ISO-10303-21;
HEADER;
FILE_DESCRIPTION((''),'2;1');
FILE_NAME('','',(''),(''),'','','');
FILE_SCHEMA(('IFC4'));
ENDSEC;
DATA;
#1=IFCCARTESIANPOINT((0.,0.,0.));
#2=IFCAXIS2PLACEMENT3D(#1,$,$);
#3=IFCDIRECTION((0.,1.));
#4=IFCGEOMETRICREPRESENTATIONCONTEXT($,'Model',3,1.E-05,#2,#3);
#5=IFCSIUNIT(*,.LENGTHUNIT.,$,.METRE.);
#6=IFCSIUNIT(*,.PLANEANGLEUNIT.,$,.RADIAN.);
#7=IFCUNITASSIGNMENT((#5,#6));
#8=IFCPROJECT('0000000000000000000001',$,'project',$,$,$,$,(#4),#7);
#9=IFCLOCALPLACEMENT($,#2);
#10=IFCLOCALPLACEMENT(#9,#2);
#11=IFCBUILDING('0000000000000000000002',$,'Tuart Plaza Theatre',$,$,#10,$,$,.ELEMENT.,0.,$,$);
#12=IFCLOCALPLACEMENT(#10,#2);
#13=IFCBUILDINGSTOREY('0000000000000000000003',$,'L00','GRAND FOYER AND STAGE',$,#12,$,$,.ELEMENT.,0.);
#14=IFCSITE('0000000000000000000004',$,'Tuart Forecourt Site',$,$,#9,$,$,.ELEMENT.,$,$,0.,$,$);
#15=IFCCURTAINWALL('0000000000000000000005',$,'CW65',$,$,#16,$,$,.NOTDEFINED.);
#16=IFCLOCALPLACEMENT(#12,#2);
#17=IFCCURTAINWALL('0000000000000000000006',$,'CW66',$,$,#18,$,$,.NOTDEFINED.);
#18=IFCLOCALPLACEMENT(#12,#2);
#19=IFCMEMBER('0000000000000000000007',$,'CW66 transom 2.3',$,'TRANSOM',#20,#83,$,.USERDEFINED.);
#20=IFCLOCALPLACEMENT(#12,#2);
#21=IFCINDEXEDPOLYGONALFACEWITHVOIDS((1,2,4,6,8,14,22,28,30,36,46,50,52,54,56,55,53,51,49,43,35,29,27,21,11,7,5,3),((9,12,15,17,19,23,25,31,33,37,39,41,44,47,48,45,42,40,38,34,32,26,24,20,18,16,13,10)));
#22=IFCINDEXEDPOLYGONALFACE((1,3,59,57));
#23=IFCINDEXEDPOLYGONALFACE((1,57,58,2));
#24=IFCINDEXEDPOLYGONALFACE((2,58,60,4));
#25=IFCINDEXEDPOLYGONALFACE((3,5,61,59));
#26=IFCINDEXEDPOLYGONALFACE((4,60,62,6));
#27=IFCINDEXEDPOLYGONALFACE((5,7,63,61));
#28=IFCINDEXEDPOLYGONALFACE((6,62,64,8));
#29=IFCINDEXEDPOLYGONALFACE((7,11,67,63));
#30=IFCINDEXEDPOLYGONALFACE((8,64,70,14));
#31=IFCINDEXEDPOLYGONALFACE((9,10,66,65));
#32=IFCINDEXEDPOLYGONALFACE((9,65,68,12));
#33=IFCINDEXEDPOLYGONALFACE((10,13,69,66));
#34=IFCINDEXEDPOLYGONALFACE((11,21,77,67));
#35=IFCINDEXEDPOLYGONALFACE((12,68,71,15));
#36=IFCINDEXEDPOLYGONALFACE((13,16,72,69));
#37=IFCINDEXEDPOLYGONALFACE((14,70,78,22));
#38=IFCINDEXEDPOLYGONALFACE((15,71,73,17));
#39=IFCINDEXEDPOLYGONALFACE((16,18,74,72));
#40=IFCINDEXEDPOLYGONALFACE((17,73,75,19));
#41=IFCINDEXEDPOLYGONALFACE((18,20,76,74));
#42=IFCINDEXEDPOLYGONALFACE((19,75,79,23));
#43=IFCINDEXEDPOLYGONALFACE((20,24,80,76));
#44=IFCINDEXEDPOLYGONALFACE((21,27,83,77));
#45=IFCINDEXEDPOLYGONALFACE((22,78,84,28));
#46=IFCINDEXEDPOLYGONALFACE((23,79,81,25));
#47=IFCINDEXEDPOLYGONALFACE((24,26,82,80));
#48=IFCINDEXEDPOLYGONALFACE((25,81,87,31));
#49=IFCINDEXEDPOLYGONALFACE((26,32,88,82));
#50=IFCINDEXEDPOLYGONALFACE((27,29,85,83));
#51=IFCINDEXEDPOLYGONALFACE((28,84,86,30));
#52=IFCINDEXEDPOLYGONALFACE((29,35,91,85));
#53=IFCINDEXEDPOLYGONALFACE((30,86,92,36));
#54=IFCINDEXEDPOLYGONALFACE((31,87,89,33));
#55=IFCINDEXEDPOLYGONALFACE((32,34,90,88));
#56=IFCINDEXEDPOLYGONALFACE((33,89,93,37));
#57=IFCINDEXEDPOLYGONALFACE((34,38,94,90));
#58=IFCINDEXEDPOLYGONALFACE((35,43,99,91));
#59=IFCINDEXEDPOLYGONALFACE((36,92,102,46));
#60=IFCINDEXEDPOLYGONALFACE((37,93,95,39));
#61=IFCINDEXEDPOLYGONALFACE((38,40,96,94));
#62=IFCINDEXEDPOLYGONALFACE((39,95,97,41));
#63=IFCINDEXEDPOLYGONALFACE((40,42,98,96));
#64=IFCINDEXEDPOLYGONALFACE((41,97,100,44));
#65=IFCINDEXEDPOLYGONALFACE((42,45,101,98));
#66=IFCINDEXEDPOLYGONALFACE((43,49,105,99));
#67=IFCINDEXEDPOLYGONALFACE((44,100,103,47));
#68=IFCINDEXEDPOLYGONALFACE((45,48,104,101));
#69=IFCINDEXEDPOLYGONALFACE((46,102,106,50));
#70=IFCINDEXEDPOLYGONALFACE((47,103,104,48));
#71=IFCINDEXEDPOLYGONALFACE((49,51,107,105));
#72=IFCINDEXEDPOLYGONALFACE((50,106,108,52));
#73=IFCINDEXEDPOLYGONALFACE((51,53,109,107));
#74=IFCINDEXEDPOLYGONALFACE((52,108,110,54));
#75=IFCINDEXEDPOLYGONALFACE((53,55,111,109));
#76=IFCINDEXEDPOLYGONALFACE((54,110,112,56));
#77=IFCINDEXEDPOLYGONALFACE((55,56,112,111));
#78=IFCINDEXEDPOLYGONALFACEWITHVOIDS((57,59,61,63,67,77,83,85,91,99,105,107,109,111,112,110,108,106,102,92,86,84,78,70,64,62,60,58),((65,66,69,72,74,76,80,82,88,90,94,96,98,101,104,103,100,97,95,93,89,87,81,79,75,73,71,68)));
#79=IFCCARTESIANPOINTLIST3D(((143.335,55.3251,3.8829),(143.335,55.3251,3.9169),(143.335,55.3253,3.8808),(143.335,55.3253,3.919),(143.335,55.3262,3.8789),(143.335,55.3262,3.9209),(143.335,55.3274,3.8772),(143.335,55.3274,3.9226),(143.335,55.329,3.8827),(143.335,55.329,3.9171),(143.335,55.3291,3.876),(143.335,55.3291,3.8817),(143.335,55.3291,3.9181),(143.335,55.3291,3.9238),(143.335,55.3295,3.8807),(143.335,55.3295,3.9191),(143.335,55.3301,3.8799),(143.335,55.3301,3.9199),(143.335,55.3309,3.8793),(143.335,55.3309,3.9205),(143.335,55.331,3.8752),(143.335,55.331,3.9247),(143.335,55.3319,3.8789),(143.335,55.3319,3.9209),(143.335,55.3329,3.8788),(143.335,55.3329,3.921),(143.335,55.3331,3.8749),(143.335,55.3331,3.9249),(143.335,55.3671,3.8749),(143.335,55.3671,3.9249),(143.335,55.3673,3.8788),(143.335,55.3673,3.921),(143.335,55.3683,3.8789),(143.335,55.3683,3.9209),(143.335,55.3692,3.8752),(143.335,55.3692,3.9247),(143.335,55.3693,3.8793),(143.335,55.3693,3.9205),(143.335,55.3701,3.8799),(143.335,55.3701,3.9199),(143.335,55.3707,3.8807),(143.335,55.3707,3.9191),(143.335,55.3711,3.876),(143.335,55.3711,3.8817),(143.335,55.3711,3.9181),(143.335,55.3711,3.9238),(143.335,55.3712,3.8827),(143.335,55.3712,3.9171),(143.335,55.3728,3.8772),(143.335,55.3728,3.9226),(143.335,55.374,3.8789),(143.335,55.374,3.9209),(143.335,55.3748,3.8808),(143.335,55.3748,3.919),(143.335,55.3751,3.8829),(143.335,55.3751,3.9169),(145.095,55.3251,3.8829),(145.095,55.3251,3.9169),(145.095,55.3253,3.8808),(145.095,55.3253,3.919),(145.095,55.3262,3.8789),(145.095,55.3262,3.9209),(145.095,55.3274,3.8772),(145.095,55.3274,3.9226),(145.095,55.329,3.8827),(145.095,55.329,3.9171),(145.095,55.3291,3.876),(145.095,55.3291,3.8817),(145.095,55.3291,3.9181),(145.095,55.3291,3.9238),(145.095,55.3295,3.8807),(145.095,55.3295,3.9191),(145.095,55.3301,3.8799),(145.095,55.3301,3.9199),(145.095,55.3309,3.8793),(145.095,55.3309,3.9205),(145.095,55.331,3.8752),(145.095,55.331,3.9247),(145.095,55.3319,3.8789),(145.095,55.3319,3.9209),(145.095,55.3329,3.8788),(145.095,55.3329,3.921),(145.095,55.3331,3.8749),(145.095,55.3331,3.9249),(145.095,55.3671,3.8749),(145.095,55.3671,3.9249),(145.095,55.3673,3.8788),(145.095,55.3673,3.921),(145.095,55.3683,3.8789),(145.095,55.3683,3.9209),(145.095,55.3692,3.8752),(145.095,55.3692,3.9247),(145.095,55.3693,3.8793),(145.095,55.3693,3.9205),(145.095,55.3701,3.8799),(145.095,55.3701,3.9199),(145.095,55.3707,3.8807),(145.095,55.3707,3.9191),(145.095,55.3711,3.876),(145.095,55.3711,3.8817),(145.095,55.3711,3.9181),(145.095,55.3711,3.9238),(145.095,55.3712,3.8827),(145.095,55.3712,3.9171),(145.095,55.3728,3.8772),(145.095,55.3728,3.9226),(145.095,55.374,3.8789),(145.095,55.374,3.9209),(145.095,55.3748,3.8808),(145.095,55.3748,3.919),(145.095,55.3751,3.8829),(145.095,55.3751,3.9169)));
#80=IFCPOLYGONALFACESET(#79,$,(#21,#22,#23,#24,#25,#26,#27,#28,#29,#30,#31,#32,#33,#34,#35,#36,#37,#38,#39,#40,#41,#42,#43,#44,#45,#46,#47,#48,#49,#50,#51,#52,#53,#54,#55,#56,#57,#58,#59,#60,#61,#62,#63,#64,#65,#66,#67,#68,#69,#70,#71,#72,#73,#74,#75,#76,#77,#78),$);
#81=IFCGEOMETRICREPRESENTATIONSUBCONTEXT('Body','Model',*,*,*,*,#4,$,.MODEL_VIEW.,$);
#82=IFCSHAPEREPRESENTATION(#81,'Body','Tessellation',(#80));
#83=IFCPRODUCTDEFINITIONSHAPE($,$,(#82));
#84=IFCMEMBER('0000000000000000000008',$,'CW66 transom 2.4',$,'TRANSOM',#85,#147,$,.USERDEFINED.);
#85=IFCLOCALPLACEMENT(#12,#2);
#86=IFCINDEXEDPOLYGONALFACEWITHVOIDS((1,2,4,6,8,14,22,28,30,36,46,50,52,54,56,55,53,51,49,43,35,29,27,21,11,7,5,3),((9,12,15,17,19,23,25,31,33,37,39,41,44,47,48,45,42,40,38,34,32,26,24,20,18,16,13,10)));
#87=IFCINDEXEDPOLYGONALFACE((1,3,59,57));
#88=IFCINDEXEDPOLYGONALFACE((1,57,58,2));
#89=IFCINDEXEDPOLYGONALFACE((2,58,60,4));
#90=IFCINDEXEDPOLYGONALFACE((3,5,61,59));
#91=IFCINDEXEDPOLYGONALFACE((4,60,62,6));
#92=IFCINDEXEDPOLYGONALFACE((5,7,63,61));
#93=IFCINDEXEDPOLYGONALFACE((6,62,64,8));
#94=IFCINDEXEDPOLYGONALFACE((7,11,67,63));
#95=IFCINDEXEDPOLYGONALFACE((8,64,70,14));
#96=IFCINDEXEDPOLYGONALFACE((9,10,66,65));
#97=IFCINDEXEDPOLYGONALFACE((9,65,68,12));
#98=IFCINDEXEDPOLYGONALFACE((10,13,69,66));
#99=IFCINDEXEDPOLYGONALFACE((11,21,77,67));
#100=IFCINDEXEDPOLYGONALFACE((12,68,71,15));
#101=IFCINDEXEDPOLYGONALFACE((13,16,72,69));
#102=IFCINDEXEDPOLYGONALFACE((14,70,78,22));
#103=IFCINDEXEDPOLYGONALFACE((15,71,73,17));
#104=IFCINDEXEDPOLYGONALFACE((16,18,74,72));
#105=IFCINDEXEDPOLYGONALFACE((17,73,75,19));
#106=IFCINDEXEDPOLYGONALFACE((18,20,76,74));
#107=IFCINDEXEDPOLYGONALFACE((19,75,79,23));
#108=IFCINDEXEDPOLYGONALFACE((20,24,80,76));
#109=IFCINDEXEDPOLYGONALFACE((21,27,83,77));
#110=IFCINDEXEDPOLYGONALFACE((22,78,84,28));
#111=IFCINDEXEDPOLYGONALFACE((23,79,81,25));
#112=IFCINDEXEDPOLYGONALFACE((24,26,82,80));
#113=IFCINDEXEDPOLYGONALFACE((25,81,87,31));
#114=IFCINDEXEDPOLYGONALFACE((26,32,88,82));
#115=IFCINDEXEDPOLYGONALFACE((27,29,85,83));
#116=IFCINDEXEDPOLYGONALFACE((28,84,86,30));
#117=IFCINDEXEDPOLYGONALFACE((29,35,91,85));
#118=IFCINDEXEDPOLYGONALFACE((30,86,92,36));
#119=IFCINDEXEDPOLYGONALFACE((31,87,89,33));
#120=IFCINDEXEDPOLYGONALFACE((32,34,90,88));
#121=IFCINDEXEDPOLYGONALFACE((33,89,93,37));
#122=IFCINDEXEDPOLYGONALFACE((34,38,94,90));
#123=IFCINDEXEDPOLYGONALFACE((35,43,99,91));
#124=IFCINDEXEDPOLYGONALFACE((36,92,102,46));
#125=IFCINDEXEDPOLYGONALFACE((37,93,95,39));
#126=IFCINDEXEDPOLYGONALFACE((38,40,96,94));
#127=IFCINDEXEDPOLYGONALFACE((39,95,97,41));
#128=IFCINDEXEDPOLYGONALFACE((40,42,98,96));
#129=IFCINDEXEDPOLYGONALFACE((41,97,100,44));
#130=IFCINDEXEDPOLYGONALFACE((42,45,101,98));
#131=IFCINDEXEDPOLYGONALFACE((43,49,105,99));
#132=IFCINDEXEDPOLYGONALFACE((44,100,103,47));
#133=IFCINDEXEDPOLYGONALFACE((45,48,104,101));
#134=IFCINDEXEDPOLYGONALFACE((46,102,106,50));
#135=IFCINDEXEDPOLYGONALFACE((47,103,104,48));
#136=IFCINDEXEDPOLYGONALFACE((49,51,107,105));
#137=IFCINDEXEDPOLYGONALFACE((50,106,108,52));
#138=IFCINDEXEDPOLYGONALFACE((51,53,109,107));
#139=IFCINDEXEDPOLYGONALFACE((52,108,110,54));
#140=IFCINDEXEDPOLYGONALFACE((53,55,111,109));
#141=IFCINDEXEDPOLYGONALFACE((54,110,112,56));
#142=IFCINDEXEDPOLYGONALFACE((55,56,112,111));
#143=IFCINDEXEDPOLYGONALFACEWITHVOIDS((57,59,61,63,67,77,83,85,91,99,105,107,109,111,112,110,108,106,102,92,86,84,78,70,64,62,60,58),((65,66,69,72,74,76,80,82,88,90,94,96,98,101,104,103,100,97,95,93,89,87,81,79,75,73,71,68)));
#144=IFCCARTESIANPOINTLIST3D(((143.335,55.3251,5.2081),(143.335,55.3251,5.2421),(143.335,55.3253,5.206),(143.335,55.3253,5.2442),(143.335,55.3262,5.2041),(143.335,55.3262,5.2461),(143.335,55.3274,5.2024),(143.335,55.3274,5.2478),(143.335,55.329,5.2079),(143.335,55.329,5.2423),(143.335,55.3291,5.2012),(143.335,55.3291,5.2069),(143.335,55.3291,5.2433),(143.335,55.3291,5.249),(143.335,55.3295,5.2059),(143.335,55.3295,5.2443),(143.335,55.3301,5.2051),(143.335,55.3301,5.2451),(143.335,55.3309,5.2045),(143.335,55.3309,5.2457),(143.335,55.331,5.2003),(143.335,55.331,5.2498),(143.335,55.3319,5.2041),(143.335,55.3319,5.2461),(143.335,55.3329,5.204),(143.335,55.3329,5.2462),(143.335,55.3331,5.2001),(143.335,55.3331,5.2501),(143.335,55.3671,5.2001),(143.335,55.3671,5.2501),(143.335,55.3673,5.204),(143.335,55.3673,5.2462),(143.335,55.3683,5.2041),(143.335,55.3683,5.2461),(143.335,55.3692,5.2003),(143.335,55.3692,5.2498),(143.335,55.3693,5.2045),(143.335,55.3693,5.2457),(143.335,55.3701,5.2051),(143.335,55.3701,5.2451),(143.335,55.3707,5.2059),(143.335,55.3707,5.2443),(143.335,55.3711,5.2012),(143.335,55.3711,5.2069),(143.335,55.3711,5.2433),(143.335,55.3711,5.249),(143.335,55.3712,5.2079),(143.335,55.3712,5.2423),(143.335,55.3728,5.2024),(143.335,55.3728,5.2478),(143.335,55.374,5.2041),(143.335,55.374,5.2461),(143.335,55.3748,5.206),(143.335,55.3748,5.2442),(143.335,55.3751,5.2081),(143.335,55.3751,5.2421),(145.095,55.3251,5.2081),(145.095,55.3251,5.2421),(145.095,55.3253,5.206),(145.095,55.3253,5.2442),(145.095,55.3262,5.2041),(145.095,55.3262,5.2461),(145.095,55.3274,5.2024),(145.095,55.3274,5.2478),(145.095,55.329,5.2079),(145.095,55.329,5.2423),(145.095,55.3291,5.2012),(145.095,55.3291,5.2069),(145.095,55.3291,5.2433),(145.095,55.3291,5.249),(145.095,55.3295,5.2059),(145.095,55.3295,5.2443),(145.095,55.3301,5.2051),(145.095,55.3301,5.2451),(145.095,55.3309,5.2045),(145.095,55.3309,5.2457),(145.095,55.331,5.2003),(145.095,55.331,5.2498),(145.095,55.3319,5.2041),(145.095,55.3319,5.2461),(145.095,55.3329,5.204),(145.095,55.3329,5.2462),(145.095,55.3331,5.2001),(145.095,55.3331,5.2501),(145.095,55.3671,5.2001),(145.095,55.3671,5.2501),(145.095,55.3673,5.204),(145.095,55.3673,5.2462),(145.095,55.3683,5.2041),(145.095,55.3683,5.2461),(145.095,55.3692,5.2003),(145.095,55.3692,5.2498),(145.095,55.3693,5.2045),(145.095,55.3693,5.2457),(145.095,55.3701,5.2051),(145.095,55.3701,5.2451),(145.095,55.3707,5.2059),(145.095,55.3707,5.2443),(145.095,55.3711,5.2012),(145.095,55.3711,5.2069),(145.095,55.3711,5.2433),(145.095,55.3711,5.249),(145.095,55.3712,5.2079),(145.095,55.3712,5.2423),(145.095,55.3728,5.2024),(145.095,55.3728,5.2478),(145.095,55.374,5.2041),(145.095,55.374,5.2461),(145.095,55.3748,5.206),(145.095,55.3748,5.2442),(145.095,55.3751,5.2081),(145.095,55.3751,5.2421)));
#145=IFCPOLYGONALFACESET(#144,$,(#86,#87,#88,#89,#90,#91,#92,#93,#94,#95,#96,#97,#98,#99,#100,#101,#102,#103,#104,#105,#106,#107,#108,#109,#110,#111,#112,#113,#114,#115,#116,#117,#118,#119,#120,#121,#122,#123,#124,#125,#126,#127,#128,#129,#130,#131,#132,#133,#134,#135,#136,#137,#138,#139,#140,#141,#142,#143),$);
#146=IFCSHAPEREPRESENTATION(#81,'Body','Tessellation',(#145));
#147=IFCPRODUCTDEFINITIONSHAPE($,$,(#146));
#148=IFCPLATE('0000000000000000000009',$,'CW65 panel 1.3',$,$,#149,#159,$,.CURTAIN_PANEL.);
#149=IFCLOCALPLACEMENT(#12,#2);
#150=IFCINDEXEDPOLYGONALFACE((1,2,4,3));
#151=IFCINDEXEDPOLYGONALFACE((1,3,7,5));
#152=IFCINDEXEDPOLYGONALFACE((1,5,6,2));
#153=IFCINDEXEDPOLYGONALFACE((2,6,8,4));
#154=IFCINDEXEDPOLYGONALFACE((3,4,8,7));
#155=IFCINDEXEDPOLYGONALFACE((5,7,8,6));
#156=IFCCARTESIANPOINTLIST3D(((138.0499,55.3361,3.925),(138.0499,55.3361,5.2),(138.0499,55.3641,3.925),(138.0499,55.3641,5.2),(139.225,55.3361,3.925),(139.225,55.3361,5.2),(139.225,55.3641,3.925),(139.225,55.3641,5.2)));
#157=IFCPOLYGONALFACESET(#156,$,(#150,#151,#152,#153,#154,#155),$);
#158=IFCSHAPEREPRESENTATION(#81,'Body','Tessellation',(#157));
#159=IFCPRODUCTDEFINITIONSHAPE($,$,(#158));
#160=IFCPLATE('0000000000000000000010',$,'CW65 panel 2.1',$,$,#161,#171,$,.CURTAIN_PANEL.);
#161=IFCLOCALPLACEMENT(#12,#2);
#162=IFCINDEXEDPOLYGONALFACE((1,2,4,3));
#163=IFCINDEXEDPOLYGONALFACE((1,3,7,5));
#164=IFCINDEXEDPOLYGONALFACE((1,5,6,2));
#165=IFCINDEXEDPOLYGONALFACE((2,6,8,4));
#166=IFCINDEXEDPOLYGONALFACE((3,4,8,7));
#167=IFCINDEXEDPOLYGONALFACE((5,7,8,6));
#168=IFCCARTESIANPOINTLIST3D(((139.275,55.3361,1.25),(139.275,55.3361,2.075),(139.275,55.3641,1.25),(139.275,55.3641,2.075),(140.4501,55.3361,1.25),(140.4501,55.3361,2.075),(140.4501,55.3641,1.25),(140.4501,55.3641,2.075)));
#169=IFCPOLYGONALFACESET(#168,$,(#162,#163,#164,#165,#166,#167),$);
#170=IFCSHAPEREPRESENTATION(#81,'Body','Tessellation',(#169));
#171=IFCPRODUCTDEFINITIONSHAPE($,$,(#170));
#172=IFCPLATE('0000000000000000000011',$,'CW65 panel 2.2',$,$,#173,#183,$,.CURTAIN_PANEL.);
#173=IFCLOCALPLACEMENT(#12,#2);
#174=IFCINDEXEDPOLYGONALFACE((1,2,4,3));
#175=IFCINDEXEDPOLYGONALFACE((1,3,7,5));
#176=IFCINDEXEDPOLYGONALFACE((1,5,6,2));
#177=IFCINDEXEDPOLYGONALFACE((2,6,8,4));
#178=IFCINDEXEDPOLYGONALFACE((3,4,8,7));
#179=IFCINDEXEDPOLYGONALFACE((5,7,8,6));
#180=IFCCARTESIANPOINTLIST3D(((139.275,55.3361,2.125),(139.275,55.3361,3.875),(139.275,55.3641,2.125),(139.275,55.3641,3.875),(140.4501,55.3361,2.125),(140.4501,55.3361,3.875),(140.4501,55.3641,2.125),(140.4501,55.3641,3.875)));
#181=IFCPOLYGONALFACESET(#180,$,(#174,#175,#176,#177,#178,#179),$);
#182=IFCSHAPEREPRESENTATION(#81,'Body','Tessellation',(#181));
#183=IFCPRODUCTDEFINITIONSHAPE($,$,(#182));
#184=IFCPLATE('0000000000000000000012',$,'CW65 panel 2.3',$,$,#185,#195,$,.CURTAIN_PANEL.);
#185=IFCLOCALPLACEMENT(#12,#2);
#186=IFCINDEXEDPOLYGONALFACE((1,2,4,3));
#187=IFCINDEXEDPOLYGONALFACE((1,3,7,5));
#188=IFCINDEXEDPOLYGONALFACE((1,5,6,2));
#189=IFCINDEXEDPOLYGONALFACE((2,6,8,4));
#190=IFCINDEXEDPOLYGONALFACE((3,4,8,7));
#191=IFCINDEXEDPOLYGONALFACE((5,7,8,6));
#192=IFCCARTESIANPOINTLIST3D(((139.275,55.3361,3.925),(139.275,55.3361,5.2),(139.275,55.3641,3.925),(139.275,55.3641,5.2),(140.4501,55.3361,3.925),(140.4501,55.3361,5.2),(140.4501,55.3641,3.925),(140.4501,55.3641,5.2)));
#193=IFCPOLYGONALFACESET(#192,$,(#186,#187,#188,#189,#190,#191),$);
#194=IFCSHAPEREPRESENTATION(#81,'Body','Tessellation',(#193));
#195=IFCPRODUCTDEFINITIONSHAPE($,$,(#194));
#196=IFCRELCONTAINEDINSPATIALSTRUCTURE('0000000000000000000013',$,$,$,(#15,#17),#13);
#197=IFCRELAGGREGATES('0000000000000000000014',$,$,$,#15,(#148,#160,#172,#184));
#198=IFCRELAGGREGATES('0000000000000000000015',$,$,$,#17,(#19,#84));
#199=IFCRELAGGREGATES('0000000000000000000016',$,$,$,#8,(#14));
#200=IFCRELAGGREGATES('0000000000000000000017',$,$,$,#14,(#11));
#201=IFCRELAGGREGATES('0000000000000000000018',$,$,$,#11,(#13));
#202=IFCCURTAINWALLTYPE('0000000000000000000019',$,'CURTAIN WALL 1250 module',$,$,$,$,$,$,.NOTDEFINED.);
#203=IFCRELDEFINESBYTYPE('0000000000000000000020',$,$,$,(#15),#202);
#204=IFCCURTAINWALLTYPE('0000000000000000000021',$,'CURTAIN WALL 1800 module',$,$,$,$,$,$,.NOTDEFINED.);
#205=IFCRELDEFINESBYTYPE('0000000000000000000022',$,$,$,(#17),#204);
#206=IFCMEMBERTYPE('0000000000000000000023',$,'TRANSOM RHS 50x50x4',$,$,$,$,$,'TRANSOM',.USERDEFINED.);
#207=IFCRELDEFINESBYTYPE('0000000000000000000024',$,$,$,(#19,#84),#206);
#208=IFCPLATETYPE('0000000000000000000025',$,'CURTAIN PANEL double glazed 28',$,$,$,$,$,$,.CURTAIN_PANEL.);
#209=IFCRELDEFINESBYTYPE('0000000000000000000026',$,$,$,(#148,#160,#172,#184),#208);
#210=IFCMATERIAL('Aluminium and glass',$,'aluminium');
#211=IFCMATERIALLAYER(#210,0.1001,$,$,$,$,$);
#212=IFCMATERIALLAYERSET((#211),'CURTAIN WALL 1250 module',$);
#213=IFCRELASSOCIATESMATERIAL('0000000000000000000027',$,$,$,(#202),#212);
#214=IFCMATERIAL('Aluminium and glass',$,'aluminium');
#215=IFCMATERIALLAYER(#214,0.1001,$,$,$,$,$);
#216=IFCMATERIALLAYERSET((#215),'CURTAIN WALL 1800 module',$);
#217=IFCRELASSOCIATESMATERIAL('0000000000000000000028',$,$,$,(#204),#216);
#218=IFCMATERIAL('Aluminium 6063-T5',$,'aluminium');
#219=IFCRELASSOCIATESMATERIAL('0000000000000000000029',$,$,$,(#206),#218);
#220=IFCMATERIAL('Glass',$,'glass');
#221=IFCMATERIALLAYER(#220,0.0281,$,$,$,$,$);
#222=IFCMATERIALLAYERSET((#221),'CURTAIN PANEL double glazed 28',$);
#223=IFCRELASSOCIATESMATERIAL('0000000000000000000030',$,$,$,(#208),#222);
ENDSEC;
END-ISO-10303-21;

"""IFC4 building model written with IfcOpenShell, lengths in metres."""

from ifc_helpers import new_model, si_unit, direction, frame, origin, origin_2d, place, context, subcontext, project, spatial, rectangle, hollow_rectangle, extrude, material, layer, layer_set, material_profile, profile_set, type_object, element, aggregate, save


model = new_model("IFC4")

# Units and contexts
model_context = context("Model", 3, precision=1e-05, world=origin(), true_north=direction((0.0, 1.0)))
body_context = subcontext(model_context, "Body", "Model", "MODEL_VIEW")
ifc_project = project(units=[si_unit("LENGTHUNIT", "METRE"), si_unit("PLANEANGLEUNIT", "RADIAN")], contexts=[model_context])

# Site, building, storey
site_placement = place(None, origin())
site = spatial("IfcSite", under=ifc_project, at=site_placement, Name="Tuart Forecourt Site", CompositionType="ELEMENT", RefElevation=0.0)
building_placement = place(site_placement, origin())
building = spatial("IfcBuilding", under=site, at=building_placement, Name="Tuart Plaza Theatre", CompositionType="ELEMENT", ElevationOfRefHeight=0.0)
storey_placement = place(building_placement, origin())
storey = spatial("IfcBuildingStorey", under=building, at=storey_placement, Name="L00", Description="GRAND FOYER AND STAGE", CompositionType="ELEMENT", Elevation=0.0)

# Curtain walls
ifc_material_1 = material(Name="Aluminium and glass", Category="aluminium")
ifc_layer_1 = layer(ifc_material_1, 0.1001)
ifc_layer_set_1 = layer_set([ifc_layer_1], Name="CURTAIN WALL 1250 module")
curtain_wall_type_1 = type_object("IfcCurtainWallType", Name="CURTAIN WALL 1250 module", PredefinedType="NOTDEFINED", material=ifc_layer_set_1)
curtain_wall_1_placement = place(storey_placement, origin())
curtain_wall_1 = element("IfcCurtainWall", 1, at=curtain_wall_1_placement, inside=storey, type_object=curtain_wall_type_1, Name="CW65", PredefinedType="NOTDEFINED")
ifc_material_2 = material(Name="Aluminium and glass", Category="aluminium")
ifc_layer_2 = layer(ifc_material_2, 0.1001)
ifc_layer_set_2 = layer_set([ifc_layer_2], Name="CURTAIN WALL 1800 module")
curtain_wall_type_2 = type_object("IfcCurtainWallType", Name="CURTAIN WALL 1800 module", PredefinedType="NOTDEFINED", material=ifc_layer_set_2)
curtain_wall_2_placement = place(storey_placement, origin())
curtain_wall_2 = element("IfcCurtainWall", 2, at=curtain_wall_2_placement, inside=storey, type_object=curtain_wall_type_2, Name="CW66", PredefinedType="NOTDEFINED")

# Members
ifc_material_3 = material(Name="Aluminium 6063-T5", Category="aluminium")
ifc_material_profile_1 = material_profile(ifc_material_3, hollow_rectangle(XDim=0.05, YDim=0.05, WallThickness=0.0039, InnerFilletRadius=0.0039, OuterFilletRadius=0.0081, at=origin_2d()), Name="RHS 50x50x4")
ifc_profile_set_1 = profile_set([ifc_material_profile_1], Name="Aluminium 6063-T5")
member_type_1 = type_object("IfcMemberType", Name="TRANSOM RHS 50x50x4", ElementType="TRANSOM", PredefinedType="USERDEFINED", material=ifc_profile_set_1)
member_1_placement = place(storey_placement, frame((143.335, 55.3501, 3.8999), z_axis=(1.0, 0.0, 0.0), x_axis=(0.0, 1.0, 0.0)))
member_1 = element("IfcMember", 3, at=member_1_placement, type_object=member_type_1, Name="CW66 transom 2.3", ObjectType="TRANSOM", PredefinedType="USERDEFINED", context=body_context, shape_type="SweptSolid", body=[
    extrude(hollow_rectangle(XDim=0.05, YDim=0.05, WallThickness=0.0039, InnerFilletRadius=0.0039, OuterFilletRadius=0.0081, at=origin_2d()), origin(), (0.0, 0.0, 1.0), 1.76),
])
member_2_placement = place(storey_placement, frame((143.335, 55.3501, 5.2251), z_axis=(1.0, 0.0, 0.0), x_axis=(0.0, 1.0, 0.0)))
member_2 = element("IfcMember", 4, at=member_2_placement, type_object=member_type_1, Name="CW66 transom 2.4", ObjectType="TRANSOM", PredefinedType="USERDEFINED", context=body_context, shape_type="SweptSolid", body=[
    extrude(hollow_rectangle(XDim=0.05, YDim=0.05, WallThickness=0.0039, InnerFilletRadius=0.0039, OuterFilletRadius=0.0081, at=origin_2d()), origin(), (0.0, 0.0, 1.0), 1.76),
])

# Plates
ifc_material_4 = material(Name="Glass", Category="glass")
ifc_layer_3 = layer(ifc_material_4, 0.0281)
ifc_layer_set_3 = layer_set([ifc_layer_3], Name="CURTAIN PANEL double glazed 28")
plate_type = type_object("IfcPlateType", Name="CURTAIN PANEL double glazed 28", PredefinedType="CURTAIN_PANEL", material=ifc_layer_set_3)
plate_1_placement = place(storey_placement, frame((138.6375, 55.3501, 3.925), z_axis=(0.0, 0.0, 1.0), x_axis=(1.0, 0.0, 0.0)))
plate_1 = element("IfcPlate", 5, at=plate_1_placement, type_object=plate_type, Name="CW65 panel 1.3", PredefinedType="CURTAIN_PANEL", context=body_context, shape_type="SweptSolid", body=[
    extrude(rectangle(XDim=1.175, YDim=0.0281, at=origin_2d()), origin(), (0.0, 0.0, 1.0), 1.2749),
])
plate_2_placement = place(storey_placement, frame((139.8625, 55.3501, 1.25), z_axis=(0.0, 0.0, 1.0), x_axis=(1.0, 0.0, 0.0)))
plate_2 = element("IfcPlate", 6, at=plate_2_placement, type_object=plate_type, Name="CW65 panel 2.1", PredefinedType="CURTAIN_PANEL", context=body_context, shape_type="SweptSolid", body=[
    extrude(rectangle(XDim=1.175, YDim=0.0281, at=origin_2d()), origin(), (0.0, 0.0, 1.0), 0.825),
])
plate_3_placement = place(storey_placement, frame((139.8625, 55.3501, 2.125), z_axis=(0.0, 0.0, 1.0), x_axis=(1.0, 0.0, 0.0)))
plate_3 = element("IfcPlate", 7, at=plate_3_placement, type_object=plate_type, Name="CW65 panel 2.2", PredefinedType="CURTAIN_PANEL", context=body_context, shape_type="SweptSolid", body=[
    extrude(rectangle(XDim=1.175, YDim=0.0281, at=origin_2d()), origin(), (0.0, 0.0, 1.0), 1.75),
])
plate_4_placement = place(storey_placement, frame((139.8625, 55.3501, 3.925), z_axis=(0.0, 0.0, 1.0), x_axis=(1.0, 0.0, 0.0)))
plate_4 = element("IfcPlate", 8, at=plate_4_placement, type_object=plate_type, Name="CW65 panel 2.3", PredefinedType="CURTAIN_PANEL", context=body_context, shape_type="SweptSolid", body=[
    extrude(rectangle(XDim=1.175, YDim=0.0281, at=origin_2d()), origin(), (0.0, 0.0, 1.0), 1.2749),
])
aggregate(curtain_wall_1, [plate_1, plate_2, plate_3, plate_4])
aggregate(curtain_wall_2, [member_1, member_2])

save(model, "model.ifc")
